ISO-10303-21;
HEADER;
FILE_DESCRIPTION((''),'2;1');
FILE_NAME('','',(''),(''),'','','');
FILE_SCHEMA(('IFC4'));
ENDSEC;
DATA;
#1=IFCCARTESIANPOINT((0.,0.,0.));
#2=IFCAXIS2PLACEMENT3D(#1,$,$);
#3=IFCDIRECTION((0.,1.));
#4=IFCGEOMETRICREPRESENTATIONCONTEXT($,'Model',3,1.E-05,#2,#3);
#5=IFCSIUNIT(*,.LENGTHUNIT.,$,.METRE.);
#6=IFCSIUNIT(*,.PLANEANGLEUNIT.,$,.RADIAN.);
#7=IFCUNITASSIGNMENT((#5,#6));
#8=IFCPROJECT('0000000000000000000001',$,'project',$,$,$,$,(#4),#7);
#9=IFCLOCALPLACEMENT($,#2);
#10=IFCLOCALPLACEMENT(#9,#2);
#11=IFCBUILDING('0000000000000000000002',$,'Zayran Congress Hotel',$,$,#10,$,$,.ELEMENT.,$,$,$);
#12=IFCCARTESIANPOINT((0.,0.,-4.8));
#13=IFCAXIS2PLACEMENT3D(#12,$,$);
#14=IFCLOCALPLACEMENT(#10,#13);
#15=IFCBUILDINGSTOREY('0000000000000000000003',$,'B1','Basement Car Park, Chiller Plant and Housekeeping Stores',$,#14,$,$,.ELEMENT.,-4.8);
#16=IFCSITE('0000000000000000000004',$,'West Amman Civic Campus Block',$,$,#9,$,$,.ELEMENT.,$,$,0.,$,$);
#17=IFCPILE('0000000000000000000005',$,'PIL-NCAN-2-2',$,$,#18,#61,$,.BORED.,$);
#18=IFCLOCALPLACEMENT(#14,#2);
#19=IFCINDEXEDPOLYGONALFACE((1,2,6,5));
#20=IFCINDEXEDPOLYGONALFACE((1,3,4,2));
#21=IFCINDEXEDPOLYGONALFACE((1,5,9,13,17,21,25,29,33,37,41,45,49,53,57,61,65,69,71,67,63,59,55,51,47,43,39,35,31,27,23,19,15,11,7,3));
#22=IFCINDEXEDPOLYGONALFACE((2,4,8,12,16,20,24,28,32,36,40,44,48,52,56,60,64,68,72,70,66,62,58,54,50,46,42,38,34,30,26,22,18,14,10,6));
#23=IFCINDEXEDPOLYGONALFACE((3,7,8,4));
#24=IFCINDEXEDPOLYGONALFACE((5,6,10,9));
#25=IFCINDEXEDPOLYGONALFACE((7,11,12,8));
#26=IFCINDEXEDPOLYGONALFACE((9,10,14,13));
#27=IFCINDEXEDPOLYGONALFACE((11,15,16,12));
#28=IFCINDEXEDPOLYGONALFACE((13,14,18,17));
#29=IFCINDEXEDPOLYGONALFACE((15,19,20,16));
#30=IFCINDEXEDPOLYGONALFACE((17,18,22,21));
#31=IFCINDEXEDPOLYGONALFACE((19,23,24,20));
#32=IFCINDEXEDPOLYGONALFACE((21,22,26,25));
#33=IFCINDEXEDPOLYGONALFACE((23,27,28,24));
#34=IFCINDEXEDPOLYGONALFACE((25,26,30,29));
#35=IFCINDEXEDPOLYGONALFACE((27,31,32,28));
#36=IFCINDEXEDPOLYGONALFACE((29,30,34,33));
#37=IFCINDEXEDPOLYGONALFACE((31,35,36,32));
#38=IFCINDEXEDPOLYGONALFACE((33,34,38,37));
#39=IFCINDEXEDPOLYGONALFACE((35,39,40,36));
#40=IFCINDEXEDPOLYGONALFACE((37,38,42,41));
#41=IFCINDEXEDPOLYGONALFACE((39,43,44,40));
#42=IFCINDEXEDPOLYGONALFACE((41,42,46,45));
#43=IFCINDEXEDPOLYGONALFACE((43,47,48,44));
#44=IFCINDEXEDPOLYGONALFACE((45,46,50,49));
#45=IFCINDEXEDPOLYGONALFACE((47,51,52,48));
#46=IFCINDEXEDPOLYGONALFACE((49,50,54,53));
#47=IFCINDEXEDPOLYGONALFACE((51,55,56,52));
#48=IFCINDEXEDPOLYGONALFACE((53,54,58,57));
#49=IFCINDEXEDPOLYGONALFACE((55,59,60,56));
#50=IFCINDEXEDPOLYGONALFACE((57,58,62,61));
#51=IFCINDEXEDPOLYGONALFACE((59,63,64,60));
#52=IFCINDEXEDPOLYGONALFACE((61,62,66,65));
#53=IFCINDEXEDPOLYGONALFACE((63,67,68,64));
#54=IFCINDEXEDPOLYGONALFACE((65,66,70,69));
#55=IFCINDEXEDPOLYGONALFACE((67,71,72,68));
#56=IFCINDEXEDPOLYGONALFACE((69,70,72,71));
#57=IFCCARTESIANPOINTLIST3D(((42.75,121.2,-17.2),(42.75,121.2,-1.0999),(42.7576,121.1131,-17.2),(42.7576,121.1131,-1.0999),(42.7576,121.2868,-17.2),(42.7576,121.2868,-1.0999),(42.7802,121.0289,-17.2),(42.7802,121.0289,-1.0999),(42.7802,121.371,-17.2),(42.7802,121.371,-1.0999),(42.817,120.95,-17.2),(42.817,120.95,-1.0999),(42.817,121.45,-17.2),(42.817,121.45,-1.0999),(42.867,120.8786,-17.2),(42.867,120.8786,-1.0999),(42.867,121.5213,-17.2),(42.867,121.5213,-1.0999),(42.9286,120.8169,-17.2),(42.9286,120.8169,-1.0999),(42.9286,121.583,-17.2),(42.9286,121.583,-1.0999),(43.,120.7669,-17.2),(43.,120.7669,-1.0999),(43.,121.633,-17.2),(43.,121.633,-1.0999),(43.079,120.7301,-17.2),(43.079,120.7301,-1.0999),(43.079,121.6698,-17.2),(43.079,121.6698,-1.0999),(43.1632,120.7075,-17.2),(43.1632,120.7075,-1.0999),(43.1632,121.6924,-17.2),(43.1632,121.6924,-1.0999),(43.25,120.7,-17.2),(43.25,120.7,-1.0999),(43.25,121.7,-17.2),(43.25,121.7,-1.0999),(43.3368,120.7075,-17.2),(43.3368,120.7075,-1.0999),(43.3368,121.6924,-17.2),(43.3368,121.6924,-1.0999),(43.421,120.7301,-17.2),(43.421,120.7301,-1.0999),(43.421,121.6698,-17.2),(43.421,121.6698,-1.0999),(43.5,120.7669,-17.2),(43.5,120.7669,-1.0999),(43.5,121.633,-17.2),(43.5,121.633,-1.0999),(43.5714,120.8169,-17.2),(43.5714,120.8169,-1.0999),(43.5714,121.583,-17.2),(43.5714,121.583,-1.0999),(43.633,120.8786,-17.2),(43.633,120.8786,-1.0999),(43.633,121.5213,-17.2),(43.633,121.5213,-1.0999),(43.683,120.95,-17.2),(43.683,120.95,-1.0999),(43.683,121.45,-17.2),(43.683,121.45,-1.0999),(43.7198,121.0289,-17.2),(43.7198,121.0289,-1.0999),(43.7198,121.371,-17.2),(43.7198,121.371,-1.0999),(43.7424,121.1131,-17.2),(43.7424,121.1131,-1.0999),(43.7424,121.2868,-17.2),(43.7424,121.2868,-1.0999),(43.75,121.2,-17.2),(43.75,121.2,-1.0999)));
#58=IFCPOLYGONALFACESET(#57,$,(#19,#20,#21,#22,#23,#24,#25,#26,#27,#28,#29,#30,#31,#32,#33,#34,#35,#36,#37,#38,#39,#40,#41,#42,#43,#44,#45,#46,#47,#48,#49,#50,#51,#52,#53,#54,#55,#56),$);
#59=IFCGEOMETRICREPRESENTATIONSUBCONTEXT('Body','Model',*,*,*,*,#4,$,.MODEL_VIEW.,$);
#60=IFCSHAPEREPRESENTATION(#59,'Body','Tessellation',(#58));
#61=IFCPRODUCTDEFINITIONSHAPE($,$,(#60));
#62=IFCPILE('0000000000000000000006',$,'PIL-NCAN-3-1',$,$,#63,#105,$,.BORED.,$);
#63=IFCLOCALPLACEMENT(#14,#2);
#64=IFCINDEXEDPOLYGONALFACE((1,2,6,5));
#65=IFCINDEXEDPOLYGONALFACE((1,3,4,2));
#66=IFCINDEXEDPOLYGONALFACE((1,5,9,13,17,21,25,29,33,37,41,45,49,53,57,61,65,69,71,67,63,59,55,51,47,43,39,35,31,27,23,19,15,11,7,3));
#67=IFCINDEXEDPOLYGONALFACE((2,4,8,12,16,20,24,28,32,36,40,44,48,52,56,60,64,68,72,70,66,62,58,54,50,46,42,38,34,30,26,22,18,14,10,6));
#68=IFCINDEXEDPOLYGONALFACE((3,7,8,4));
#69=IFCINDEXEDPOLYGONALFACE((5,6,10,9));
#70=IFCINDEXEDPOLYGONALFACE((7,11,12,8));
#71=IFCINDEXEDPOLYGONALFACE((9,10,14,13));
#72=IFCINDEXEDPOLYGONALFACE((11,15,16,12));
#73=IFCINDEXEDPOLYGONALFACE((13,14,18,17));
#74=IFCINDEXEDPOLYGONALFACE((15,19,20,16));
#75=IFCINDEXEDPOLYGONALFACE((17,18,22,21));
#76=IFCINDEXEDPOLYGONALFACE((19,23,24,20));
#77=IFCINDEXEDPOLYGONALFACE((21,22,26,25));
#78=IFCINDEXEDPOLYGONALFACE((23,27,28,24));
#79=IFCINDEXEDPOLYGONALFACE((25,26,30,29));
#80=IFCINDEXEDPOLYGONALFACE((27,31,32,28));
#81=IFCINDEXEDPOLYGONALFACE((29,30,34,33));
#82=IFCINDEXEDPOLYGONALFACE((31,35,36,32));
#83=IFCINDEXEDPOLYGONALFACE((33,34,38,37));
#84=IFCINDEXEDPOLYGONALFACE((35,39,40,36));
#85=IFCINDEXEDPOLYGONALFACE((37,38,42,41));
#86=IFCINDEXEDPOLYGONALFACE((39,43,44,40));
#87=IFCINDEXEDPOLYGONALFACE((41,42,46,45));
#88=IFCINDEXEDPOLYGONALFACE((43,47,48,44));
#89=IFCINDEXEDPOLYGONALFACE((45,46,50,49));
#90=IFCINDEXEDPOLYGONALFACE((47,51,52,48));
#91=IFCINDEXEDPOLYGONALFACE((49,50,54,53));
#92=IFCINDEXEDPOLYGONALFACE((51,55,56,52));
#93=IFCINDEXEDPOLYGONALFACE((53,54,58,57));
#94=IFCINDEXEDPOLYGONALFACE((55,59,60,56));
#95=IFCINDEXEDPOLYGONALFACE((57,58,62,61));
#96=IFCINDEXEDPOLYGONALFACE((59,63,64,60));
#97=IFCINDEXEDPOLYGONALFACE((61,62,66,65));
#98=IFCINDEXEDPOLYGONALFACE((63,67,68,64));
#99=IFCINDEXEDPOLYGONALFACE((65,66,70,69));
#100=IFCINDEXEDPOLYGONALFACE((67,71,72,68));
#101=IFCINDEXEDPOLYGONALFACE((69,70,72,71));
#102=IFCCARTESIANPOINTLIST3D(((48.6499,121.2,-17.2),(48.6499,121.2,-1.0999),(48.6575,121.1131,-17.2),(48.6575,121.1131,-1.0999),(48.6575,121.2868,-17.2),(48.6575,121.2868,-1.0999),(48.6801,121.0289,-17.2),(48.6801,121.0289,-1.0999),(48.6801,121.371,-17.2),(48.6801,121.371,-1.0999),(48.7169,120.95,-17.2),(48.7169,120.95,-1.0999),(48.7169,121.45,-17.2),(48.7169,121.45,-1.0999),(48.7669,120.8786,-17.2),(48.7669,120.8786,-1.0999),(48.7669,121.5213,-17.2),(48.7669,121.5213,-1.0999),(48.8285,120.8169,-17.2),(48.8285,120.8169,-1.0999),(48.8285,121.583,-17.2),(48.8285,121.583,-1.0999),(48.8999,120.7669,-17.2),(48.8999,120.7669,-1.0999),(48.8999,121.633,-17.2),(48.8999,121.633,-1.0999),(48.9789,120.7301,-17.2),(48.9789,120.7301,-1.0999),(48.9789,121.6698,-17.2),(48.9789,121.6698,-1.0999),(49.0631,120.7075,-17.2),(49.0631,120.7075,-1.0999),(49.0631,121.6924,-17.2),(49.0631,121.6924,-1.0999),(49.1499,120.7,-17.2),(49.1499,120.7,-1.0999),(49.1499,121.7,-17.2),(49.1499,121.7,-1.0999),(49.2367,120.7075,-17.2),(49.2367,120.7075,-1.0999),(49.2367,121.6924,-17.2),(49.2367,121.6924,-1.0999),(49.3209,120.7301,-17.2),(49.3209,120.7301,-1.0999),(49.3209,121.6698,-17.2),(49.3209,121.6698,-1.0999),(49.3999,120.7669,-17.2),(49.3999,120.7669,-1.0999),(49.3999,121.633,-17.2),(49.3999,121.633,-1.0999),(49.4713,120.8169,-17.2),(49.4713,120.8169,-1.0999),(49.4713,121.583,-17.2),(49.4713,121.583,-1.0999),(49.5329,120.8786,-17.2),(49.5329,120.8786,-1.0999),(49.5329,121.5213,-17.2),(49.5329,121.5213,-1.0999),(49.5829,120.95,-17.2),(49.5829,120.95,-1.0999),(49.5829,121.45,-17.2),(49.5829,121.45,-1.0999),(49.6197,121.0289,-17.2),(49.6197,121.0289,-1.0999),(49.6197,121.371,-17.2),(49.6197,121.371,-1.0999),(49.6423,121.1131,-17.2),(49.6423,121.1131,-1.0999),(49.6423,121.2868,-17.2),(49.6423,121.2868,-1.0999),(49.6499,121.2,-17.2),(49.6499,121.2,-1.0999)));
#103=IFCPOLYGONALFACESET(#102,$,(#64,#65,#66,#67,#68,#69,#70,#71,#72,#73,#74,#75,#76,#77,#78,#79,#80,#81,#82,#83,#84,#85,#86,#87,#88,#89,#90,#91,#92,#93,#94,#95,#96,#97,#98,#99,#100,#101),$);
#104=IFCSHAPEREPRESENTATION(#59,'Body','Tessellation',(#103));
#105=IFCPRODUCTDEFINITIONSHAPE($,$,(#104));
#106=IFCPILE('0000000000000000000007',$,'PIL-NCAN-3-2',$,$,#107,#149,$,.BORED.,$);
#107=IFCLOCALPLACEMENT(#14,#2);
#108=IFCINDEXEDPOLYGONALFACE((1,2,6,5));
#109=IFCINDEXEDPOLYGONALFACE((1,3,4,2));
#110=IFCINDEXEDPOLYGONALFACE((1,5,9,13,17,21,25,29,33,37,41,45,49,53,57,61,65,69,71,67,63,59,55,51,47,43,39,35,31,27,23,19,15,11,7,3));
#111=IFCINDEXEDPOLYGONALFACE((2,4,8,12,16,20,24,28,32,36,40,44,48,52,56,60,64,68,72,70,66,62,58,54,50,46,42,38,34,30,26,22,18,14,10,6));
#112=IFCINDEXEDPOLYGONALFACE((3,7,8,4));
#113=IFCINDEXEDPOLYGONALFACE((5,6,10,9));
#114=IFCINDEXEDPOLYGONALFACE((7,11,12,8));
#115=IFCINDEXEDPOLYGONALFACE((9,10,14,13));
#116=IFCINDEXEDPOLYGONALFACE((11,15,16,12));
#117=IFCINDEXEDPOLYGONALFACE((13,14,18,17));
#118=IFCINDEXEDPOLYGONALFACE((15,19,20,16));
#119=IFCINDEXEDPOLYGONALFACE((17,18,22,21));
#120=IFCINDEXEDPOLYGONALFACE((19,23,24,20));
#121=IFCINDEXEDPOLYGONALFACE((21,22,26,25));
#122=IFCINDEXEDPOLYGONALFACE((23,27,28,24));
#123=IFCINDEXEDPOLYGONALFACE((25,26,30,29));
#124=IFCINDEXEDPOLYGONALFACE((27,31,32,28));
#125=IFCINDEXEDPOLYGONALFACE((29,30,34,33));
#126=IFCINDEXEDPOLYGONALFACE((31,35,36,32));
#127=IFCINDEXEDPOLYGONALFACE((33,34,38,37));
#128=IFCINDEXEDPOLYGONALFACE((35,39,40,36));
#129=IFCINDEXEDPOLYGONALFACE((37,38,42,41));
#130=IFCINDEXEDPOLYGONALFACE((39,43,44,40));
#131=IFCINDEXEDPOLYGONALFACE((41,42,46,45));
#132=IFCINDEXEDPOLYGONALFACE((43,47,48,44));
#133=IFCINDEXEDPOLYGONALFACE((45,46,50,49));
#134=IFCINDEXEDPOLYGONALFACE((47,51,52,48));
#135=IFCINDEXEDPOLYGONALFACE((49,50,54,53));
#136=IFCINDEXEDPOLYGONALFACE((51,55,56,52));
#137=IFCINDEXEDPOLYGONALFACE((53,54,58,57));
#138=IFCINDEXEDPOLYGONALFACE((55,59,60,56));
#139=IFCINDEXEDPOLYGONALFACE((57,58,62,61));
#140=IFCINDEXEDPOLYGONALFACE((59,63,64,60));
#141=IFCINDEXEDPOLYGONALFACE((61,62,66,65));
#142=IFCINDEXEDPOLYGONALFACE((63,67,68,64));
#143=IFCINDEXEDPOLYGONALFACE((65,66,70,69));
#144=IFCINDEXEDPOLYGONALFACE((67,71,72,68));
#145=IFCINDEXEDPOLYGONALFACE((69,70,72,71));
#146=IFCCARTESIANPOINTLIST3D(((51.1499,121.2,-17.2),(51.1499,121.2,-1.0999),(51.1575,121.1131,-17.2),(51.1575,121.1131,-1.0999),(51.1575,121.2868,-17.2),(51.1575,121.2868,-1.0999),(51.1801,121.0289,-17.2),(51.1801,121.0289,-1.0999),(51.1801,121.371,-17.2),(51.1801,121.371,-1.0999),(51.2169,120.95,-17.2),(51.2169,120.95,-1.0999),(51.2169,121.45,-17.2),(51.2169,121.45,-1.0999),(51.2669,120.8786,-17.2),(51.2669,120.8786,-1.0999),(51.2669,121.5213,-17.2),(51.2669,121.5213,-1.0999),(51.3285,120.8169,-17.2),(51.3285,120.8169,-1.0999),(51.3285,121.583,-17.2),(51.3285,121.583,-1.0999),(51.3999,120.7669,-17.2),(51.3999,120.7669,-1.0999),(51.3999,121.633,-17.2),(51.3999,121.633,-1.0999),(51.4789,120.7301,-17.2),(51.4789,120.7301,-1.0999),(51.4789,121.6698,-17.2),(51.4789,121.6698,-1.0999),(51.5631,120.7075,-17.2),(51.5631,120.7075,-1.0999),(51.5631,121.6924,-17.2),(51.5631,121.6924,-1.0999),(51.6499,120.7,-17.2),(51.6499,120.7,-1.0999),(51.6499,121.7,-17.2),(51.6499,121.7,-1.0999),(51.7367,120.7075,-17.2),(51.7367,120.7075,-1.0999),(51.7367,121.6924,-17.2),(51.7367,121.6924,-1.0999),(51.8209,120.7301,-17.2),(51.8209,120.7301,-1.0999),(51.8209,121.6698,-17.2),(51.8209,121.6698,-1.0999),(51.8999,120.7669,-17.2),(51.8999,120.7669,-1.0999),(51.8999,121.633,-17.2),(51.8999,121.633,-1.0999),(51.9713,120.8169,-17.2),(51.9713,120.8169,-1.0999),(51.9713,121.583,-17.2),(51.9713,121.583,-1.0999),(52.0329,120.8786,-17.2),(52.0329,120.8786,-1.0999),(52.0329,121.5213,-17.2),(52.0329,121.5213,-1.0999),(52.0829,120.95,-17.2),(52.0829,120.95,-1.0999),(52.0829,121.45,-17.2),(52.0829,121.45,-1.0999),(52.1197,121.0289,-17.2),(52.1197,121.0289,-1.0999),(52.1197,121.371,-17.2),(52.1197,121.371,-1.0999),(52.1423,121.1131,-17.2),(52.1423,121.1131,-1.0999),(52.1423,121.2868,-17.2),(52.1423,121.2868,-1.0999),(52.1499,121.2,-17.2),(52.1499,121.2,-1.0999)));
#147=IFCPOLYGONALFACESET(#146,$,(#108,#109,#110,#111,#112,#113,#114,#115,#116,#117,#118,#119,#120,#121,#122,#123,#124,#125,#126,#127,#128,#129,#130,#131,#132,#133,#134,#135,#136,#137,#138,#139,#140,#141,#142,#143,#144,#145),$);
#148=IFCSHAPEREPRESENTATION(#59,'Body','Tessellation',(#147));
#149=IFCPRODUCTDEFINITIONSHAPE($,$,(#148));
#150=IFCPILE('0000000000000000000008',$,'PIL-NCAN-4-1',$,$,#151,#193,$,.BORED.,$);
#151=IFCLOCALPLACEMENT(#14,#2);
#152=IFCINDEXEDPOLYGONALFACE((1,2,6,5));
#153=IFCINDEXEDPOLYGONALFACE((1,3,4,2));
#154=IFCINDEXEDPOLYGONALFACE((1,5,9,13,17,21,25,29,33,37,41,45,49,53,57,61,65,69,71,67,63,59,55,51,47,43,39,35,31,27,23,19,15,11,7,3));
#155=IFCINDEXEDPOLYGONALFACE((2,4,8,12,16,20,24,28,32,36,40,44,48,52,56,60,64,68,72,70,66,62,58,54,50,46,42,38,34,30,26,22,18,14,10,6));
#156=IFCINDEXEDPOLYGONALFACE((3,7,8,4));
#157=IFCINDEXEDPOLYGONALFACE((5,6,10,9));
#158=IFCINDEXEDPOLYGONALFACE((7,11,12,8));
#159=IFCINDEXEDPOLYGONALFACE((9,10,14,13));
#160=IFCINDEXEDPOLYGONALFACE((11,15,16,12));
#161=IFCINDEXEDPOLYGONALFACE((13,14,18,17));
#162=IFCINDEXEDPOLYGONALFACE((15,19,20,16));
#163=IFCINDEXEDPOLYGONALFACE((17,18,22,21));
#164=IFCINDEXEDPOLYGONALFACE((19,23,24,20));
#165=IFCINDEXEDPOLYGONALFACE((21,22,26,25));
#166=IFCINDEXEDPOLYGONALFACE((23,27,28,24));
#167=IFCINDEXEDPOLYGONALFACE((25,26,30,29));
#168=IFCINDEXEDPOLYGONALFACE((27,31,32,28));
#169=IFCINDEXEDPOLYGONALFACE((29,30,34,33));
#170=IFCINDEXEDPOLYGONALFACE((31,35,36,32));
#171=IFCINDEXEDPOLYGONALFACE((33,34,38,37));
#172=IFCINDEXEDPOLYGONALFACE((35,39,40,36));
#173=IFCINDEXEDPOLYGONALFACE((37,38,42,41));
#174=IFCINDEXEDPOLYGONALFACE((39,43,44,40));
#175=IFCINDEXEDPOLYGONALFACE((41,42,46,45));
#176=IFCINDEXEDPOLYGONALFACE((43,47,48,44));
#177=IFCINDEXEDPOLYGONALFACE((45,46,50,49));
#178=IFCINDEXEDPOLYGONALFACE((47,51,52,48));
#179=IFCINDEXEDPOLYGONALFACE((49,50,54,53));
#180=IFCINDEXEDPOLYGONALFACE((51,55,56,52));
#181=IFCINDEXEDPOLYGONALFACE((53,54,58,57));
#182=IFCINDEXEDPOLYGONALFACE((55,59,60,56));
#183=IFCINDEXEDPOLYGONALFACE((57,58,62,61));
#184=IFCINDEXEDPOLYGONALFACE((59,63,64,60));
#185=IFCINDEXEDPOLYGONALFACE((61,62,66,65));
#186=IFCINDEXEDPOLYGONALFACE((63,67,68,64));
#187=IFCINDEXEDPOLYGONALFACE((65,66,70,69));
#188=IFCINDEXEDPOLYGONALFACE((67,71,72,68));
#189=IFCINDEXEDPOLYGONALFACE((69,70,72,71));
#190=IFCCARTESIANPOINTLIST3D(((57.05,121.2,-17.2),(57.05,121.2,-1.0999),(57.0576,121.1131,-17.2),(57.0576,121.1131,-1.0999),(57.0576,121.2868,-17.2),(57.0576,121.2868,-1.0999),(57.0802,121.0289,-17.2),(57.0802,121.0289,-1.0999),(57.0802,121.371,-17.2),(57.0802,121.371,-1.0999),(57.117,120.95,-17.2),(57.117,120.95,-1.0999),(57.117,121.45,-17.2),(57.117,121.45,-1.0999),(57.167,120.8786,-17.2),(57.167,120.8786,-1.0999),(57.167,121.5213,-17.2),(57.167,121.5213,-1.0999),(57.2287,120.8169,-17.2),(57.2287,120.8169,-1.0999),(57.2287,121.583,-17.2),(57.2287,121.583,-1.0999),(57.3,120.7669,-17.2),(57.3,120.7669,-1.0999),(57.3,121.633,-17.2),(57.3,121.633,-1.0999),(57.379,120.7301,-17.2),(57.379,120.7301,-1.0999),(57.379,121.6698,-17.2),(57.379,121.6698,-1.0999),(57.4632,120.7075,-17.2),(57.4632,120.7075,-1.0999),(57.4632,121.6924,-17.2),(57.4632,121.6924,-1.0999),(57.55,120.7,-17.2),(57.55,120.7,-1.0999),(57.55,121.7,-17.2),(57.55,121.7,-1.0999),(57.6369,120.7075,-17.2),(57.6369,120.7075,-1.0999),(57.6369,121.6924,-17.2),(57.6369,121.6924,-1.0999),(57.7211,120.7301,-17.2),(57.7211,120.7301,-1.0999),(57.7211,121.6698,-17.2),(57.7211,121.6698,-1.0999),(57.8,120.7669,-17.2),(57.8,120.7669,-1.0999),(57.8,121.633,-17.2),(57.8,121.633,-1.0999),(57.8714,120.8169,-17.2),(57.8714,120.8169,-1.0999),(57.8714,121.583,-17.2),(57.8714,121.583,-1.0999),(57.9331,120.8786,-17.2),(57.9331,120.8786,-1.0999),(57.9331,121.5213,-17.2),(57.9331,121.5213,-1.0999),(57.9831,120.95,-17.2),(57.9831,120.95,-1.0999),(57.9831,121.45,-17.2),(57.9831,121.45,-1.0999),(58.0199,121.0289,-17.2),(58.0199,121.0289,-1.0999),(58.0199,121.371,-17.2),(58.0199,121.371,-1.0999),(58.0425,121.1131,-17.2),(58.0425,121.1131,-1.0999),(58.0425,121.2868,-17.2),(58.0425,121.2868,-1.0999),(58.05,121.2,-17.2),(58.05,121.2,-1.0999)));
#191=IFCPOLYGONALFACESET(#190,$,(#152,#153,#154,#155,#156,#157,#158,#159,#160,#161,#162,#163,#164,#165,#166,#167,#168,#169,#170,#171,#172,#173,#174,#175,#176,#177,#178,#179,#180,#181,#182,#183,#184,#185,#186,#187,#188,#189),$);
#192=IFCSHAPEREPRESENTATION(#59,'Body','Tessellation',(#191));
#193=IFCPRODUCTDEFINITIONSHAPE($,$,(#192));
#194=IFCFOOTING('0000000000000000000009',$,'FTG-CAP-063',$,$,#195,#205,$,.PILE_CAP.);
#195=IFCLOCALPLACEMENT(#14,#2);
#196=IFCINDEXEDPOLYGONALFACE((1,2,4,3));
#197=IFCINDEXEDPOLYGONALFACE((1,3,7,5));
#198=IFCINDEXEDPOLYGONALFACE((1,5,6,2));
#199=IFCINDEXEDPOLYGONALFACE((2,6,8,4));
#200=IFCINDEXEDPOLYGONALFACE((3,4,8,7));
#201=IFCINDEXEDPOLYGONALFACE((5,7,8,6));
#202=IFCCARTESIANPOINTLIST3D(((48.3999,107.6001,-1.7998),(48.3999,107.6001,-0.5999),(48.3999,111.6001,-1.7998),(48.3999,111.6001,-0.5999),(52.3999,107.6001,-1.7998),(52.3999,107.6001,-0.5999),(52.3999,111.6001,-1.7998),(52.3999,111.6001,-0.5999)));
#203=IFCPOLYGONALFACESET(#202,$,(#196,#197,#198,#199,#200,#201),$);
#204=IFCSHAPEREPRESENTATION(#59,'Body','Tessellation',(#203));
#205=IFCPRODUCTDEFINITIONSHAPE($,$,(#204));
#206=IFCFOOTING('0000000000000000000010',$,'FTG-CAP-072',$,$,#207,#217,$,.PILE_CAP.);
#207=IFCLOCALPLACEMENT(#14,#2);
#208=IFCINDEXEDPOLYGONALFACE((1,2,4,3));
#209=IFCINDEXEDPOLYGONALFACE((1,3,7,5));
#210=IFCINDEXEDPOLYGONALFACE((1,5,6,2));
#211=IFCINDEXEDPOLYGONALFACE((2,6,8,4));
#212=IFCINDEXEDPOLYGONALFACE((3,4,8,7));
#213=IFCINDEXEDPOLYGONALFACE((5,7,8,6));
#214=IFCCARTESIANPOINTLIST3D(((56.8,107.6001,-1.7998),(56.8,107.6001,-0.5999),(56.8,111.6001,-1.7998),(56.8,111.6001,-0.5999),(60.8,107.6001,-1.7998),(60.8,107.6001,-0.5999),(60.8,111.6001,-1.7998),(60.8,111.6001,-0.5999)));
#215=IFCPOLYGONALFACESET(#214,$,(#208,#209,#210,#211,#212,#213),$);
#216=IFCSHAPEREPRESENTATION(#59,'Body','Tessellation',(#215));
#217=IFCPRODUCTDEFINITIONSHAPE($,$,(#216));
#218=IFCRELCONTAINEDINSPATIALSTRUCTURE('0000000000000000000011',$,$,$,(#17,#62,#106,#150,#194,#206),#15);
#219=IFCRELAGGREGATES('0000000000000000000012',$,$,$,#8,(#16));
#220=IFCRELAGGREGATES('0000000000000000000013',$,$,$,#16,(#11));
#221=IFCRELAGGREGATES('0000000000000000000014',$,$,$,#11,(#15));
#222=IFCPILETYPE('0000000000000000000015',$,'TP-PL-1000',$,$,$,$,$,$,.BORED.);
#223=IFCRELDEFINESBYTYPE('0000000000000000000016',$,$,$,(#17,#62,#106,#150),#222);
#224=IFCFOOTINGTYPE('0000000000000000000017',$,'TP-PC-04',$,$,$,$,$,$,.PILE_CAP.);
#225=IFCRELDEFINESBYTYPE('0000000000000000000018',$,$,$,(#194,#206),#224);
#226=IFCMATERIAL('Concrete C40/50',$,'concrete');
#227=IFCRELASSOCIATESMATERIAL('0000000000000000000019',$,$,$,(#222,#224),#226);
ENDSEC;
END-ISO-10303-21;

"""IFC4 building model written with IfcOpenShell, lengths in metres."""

from ifc_helpers import new_model, si_unit, direction, frame, origin, origin_2d, place, context, subcontext, project, spatial, rectangle, circle, extrude, material, material_profile, profile_set, type_object, element, save


model = new_model("IFC4")

# Units and contexts
model_context = context("Model", 3, precision=1e-05, world=origin(), true_north=direction((0.0, 1.0)))
body_context = subcontext(model_context, "Body", "Model", "MODEL_VIEW")
ifc_project = project(units=[si_unit("LENGTHUNIT", "METRE"), si_unit("PLANEANGLEUNIT", "RADIAN")], contexts=[model_context])

# Site, building, storey
site_placement = place(None, origin())
site = spatial("IfcSite", under=ifc_project, at=site_placement, Name="West Amman Civic Campus Block", CompositionType="ELEMENT", RefElevation=0.0)
building_placement = place(site_placement, origin())
building = spatial("IfcBuilding", under=site, at=building_placement, Name="Zayran Congress Hotel", CompositionType="ELEMENT")
storey_placement = place(building_placement, frame((0.0, 0.0, -4.8)))
storey = spatial("IfcBuildingStorey", under=building, at=storey_placement, Name="B1", Description="Basement Car Park, Chiller Plant and Housekeeping Stores", CompositionType="ELEMENT", Elevation=-4.8)

# Piles
ifc_material = material(Name="Concrete C40/50", Category="concrete")
ifc_material_profile_1 = material_profile(ifc_material, circle(Radius=0.5, at=origin_2d()), Name="PILE D1000")
ifc_profile_set_1 = profile_set([ifc_material_profile_1], Name="Concrete C40/50")
pile_type = type_object("IfcPileType", Name="TP-PL-1000", PredefinedType="BORED", material=ifc_profile_set_1)
for number, where, z_axis, x_axis, name in (
    (1, (43.25, 121.2, -1.0999), (0.0, 0.0, -1.0), (1.0, 0.0, 0.0), "PIL-NCAN-2-2"),
    (2, (49.1499, 121.2, -1.0999), (0.0, 0.0, -1.0), (1.0, 0.0, 0.0), "PIL-NCAN-3-1"),
    (3, (51.6499, 121.2, -1.0999), (0.0, 0.0, -1.0), (1.0, 0.0, 0.0), "PIL-NCAN-3-2"),
    (4, (57.55, 121.2, -1.0999), (0.0, 0.0, -1.0), (1.0, 0.0, 0.0), "PIL-NCAN-4-1"),
):
    element("IfcPile", number, at=place(storey_placement, frame(where, z_axis=z_axis, x_axis=x_axis)), inside=storey, type_object=pile_type, Name=name, PredefinedType="BORED", context=body_context, shape_type="SweptSolid", body=[
        extrude(circle(Radius=0.5, at=origin_2d()), origin(), (0.0, 0.0, 1.0), 16.1001),
    ])

# Footings
footing_type_1 = type_object("IfcFootingType", Name="TP-PC-04", PredefinedType="PILE_CAP", material=ifc_material)
for number, where, z_axis, x_axis, name in (
    (5, (50.3999, 109.6001, -1.7998), (0.0, 0.0, 1.0), (1.0, 0.0, 0.0), "FTG-CAP-063"),
    (6, (58.8, 109.6001, -1.7998), (0.0, 0.0, 1.0), (1.0, 0.0, 0.0), "FTG-CAP-072"),
):
    element("IfcFooting", number, at=place(storey_placement, frame(where, z_axis=z_axis, x_axis=x_axis)), inside=storey, type_object=footing_type_1, Name=name, PredefinedType="PILE_CAP", context=body_context, shape_type="SweptSolid", body=[
        extrude(rectangle(XDim=4.0, YDim=4.0, at=origin_2d()), origin(), (0.0, 0.0, 1.0), 1.2),
    ])

save(model, "model.ifc")
